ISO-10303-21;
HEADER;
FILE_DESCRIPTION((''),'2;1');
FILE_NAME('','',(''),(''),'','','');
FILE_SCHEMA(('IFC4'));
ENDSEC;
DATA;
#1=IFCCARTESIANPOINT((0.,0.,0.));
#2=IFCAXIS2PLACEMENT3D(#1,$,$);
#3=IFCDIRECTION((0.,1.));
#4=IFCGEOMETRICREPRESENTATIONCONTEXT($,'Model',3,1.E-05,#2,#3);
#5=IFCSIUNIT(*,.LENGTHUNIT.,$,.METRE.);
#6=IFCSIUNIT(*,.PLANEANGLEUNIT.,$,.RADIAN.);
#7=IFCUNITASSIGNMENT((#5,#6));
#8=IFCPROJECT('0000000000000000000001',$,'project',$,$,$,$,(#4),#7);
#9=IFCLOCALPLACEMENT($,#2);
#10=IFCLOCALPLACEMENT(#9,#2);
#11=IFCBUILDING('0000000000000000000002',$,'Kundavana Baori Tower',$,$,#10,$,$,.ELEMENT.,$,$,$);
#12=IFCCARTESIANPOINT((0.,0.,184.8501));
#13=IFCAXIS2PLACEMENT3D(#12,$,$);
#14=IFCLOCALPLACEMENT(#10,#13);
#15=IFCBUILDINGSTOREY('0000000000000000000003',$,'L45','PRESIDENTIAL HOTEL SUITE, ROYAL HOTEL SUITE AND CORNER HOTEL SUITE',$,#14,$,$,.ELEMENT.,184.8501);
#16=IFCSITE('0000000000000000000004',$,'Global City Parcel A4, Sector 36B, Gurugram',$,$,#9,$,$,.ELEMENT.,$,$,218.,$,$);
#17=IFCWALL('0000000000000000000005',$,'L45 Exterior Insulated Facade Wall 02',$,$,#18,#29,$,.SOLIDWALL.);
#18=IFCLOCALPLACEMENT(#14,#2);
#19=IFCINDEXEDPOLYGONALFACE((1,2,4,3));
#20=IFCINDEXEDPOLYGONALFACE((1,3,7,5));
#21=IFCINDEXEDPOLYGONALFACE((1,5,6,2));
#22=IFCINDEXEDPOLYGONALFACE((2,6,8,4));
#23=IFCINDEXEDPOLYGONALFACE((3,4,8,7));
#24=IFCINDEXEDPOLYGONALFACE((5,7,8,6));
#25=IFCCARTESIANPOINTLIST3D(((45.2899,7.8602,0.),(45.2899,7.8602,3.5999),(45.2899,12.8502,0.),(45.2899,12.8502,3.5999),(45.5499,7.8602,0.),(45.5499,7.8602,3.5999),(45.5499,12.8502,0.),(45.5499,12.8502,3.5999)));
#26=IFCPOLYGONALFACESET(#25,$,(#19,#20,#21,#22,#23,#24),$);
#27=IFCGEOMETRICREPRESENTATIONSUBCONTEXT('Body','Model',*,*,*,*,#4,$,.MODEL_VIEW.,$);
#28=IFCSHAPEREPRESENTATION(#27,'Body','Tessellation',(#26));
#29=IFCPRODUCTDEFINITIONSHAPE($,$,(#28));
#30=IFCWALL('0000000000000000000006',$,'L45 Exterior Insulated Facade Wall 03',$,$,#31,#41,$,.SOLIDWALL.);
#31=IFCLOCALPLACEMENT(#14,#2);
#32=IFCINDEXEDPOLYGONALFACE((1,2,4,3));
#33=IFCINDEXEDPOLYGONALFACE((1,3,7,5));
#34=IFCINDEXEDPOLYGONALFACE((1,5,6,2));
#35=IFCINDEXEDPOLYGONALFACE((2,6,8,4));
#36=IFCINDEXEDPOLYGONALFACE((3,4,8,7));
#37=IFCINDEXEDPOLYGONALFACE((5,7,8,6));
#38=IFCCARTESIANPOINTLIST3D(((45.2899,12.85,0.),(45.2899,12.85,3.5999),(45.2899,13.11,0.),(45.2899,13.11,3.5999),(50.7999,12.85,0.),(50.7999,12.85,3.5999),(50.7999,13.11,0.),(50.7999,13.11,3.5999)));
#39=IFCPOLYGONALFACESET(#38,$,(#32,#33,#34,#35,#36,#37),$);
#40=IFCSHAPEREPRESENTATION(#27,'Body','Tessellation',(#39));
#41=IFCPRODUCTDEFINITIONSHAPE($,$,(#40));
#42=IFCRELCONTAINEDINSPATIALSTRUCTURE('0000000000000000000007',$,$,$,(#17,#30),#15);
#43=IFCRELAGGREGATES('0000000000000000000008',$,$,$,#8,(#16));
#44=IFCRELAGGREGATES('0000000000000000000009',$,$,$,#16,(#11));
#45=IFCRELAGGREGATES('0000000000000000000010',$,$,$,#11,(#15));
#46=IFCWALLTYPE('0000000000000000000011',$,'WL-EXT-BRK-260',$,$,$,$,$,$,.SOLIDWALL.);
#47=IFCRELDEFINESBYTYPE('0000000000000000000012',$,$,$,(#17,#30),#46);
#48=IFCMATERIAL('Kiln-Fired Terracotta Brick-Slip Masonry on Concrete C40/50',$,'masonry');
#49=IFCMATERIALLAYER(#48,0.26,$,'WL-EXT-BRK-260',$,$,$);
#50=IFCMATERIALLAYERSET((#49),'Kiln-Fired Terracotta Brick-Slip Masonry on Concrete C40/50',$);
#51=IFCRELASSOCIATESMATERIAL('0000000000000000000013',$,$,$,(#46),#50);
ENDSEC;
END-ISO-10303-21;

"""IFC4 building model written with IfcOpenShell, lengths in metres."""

from ifc_helpers import new_model, si_unit, direction, frame, frame_2d, origin, place, context, subcontext, project, spatial, rectangle, extrude, material, layer, layer_set, type_object, element, save


model = new_model("IFC4")

# Units and contexts
model_context = context("Model", 3, precision=1e-05, world=origin(), true_north=direction((0.0, 1.0)))
body_context = subcontext(model_context, "Body", "Model", "MODEL_VIEW")
ifc_project = project(units=[si_unit("LENGTHUNIT", "METRE"), si_unit("PLANEANGLEUNIT", "RADIAN")], contexts=[model_context])

# Site, building, storey
site_placement = place(None, origin())
site = spatial("IfcSite", under=ifc_project, at=site_placement, Name="Global City Parcel A4, Sector 36B, Gurugram", CompositionType="ELEMENT", RefElevation=218.0)
building_placement = place(site_placement, origin())
building = spatial("IfcBuilding", under=site, at=building_placement, Name="Kundavana Baori Tower", CompositionType="ELEMENT")
storey_placement = place(building_placement, frame((0.0, 0.0, 184.8501)))
storey = spatial("IfcBuildingStorey", under=building, at=storey_placement, Name="L45", Description="PRESIDENTIAL HOTEL SUITE, ROYAL HOTEL SUITE AND CORNER HOTEL SUITE", CompositionType="ELEMENT", Elevation=184.8501)

# Walls
ifc_material_1 = material(Name="Kiln-Fired Terracotta Brick-Slip Masonry on Concrete C40/50", Category="masonry")
ifc_layer = layer(ifc_material_1, 0.26, Name="WL-EXT-BRK-260")
ifc_layer_set = layer_set([ifc_layer], Name="Kiln-Fired Terracotta Brick-Slip Masonry on Concrete C40/50")
wall_type = type_object("IfcWallType", Name="WL-EXT-BRK-260", PredefinedType="SOLIDWALL", material=ifc_layer_set)
wall_1_placement = place(storey_placement, frame((45.4199, 7.8601, 0.0), z_axis=(0.0, 0.0, 1.0), x_axis=(0.0, 1.0, 0.0)))
element("IfcWall", 1, at=wall_1_placement, inside=storey, type_object=wall_type, Name="L45 Exterior Insulated Facade Wall 02", PredefinedType="SOLIDWALL", context=body_context, shape_type="SweptSolid", body=[
    extrude(rectangle(XDim=4.99, YDim=0.26, at=frame_2d((2.4951, 0.0))), origin(), (0.0, 0.0, 1.0), 3.5999),
])
wall_2_placement = place(storey_placement, frame((45.29, 12.98, 0.0), z_axis=(0.0, 0.0, 1.0), x_axis=(1.0, 0.0, 0.0)))
element("IfcWall", 2, at=wall_2_placement, inside=storey, type_object=wall_type, Name="L45 Exterior Insulated Facade Wall 03", PredefinedType="SOLIDWALL", context=body_context, shape_type="SweptSolid", body=[
    extrude(rectangle(XDim=5.51, YDim=0.26, at=frame_2d((2.7549, 0.0))), origin(), (0.0, 0.0, 1.0), 3.5999),
])

save(model, "model.ifc")
